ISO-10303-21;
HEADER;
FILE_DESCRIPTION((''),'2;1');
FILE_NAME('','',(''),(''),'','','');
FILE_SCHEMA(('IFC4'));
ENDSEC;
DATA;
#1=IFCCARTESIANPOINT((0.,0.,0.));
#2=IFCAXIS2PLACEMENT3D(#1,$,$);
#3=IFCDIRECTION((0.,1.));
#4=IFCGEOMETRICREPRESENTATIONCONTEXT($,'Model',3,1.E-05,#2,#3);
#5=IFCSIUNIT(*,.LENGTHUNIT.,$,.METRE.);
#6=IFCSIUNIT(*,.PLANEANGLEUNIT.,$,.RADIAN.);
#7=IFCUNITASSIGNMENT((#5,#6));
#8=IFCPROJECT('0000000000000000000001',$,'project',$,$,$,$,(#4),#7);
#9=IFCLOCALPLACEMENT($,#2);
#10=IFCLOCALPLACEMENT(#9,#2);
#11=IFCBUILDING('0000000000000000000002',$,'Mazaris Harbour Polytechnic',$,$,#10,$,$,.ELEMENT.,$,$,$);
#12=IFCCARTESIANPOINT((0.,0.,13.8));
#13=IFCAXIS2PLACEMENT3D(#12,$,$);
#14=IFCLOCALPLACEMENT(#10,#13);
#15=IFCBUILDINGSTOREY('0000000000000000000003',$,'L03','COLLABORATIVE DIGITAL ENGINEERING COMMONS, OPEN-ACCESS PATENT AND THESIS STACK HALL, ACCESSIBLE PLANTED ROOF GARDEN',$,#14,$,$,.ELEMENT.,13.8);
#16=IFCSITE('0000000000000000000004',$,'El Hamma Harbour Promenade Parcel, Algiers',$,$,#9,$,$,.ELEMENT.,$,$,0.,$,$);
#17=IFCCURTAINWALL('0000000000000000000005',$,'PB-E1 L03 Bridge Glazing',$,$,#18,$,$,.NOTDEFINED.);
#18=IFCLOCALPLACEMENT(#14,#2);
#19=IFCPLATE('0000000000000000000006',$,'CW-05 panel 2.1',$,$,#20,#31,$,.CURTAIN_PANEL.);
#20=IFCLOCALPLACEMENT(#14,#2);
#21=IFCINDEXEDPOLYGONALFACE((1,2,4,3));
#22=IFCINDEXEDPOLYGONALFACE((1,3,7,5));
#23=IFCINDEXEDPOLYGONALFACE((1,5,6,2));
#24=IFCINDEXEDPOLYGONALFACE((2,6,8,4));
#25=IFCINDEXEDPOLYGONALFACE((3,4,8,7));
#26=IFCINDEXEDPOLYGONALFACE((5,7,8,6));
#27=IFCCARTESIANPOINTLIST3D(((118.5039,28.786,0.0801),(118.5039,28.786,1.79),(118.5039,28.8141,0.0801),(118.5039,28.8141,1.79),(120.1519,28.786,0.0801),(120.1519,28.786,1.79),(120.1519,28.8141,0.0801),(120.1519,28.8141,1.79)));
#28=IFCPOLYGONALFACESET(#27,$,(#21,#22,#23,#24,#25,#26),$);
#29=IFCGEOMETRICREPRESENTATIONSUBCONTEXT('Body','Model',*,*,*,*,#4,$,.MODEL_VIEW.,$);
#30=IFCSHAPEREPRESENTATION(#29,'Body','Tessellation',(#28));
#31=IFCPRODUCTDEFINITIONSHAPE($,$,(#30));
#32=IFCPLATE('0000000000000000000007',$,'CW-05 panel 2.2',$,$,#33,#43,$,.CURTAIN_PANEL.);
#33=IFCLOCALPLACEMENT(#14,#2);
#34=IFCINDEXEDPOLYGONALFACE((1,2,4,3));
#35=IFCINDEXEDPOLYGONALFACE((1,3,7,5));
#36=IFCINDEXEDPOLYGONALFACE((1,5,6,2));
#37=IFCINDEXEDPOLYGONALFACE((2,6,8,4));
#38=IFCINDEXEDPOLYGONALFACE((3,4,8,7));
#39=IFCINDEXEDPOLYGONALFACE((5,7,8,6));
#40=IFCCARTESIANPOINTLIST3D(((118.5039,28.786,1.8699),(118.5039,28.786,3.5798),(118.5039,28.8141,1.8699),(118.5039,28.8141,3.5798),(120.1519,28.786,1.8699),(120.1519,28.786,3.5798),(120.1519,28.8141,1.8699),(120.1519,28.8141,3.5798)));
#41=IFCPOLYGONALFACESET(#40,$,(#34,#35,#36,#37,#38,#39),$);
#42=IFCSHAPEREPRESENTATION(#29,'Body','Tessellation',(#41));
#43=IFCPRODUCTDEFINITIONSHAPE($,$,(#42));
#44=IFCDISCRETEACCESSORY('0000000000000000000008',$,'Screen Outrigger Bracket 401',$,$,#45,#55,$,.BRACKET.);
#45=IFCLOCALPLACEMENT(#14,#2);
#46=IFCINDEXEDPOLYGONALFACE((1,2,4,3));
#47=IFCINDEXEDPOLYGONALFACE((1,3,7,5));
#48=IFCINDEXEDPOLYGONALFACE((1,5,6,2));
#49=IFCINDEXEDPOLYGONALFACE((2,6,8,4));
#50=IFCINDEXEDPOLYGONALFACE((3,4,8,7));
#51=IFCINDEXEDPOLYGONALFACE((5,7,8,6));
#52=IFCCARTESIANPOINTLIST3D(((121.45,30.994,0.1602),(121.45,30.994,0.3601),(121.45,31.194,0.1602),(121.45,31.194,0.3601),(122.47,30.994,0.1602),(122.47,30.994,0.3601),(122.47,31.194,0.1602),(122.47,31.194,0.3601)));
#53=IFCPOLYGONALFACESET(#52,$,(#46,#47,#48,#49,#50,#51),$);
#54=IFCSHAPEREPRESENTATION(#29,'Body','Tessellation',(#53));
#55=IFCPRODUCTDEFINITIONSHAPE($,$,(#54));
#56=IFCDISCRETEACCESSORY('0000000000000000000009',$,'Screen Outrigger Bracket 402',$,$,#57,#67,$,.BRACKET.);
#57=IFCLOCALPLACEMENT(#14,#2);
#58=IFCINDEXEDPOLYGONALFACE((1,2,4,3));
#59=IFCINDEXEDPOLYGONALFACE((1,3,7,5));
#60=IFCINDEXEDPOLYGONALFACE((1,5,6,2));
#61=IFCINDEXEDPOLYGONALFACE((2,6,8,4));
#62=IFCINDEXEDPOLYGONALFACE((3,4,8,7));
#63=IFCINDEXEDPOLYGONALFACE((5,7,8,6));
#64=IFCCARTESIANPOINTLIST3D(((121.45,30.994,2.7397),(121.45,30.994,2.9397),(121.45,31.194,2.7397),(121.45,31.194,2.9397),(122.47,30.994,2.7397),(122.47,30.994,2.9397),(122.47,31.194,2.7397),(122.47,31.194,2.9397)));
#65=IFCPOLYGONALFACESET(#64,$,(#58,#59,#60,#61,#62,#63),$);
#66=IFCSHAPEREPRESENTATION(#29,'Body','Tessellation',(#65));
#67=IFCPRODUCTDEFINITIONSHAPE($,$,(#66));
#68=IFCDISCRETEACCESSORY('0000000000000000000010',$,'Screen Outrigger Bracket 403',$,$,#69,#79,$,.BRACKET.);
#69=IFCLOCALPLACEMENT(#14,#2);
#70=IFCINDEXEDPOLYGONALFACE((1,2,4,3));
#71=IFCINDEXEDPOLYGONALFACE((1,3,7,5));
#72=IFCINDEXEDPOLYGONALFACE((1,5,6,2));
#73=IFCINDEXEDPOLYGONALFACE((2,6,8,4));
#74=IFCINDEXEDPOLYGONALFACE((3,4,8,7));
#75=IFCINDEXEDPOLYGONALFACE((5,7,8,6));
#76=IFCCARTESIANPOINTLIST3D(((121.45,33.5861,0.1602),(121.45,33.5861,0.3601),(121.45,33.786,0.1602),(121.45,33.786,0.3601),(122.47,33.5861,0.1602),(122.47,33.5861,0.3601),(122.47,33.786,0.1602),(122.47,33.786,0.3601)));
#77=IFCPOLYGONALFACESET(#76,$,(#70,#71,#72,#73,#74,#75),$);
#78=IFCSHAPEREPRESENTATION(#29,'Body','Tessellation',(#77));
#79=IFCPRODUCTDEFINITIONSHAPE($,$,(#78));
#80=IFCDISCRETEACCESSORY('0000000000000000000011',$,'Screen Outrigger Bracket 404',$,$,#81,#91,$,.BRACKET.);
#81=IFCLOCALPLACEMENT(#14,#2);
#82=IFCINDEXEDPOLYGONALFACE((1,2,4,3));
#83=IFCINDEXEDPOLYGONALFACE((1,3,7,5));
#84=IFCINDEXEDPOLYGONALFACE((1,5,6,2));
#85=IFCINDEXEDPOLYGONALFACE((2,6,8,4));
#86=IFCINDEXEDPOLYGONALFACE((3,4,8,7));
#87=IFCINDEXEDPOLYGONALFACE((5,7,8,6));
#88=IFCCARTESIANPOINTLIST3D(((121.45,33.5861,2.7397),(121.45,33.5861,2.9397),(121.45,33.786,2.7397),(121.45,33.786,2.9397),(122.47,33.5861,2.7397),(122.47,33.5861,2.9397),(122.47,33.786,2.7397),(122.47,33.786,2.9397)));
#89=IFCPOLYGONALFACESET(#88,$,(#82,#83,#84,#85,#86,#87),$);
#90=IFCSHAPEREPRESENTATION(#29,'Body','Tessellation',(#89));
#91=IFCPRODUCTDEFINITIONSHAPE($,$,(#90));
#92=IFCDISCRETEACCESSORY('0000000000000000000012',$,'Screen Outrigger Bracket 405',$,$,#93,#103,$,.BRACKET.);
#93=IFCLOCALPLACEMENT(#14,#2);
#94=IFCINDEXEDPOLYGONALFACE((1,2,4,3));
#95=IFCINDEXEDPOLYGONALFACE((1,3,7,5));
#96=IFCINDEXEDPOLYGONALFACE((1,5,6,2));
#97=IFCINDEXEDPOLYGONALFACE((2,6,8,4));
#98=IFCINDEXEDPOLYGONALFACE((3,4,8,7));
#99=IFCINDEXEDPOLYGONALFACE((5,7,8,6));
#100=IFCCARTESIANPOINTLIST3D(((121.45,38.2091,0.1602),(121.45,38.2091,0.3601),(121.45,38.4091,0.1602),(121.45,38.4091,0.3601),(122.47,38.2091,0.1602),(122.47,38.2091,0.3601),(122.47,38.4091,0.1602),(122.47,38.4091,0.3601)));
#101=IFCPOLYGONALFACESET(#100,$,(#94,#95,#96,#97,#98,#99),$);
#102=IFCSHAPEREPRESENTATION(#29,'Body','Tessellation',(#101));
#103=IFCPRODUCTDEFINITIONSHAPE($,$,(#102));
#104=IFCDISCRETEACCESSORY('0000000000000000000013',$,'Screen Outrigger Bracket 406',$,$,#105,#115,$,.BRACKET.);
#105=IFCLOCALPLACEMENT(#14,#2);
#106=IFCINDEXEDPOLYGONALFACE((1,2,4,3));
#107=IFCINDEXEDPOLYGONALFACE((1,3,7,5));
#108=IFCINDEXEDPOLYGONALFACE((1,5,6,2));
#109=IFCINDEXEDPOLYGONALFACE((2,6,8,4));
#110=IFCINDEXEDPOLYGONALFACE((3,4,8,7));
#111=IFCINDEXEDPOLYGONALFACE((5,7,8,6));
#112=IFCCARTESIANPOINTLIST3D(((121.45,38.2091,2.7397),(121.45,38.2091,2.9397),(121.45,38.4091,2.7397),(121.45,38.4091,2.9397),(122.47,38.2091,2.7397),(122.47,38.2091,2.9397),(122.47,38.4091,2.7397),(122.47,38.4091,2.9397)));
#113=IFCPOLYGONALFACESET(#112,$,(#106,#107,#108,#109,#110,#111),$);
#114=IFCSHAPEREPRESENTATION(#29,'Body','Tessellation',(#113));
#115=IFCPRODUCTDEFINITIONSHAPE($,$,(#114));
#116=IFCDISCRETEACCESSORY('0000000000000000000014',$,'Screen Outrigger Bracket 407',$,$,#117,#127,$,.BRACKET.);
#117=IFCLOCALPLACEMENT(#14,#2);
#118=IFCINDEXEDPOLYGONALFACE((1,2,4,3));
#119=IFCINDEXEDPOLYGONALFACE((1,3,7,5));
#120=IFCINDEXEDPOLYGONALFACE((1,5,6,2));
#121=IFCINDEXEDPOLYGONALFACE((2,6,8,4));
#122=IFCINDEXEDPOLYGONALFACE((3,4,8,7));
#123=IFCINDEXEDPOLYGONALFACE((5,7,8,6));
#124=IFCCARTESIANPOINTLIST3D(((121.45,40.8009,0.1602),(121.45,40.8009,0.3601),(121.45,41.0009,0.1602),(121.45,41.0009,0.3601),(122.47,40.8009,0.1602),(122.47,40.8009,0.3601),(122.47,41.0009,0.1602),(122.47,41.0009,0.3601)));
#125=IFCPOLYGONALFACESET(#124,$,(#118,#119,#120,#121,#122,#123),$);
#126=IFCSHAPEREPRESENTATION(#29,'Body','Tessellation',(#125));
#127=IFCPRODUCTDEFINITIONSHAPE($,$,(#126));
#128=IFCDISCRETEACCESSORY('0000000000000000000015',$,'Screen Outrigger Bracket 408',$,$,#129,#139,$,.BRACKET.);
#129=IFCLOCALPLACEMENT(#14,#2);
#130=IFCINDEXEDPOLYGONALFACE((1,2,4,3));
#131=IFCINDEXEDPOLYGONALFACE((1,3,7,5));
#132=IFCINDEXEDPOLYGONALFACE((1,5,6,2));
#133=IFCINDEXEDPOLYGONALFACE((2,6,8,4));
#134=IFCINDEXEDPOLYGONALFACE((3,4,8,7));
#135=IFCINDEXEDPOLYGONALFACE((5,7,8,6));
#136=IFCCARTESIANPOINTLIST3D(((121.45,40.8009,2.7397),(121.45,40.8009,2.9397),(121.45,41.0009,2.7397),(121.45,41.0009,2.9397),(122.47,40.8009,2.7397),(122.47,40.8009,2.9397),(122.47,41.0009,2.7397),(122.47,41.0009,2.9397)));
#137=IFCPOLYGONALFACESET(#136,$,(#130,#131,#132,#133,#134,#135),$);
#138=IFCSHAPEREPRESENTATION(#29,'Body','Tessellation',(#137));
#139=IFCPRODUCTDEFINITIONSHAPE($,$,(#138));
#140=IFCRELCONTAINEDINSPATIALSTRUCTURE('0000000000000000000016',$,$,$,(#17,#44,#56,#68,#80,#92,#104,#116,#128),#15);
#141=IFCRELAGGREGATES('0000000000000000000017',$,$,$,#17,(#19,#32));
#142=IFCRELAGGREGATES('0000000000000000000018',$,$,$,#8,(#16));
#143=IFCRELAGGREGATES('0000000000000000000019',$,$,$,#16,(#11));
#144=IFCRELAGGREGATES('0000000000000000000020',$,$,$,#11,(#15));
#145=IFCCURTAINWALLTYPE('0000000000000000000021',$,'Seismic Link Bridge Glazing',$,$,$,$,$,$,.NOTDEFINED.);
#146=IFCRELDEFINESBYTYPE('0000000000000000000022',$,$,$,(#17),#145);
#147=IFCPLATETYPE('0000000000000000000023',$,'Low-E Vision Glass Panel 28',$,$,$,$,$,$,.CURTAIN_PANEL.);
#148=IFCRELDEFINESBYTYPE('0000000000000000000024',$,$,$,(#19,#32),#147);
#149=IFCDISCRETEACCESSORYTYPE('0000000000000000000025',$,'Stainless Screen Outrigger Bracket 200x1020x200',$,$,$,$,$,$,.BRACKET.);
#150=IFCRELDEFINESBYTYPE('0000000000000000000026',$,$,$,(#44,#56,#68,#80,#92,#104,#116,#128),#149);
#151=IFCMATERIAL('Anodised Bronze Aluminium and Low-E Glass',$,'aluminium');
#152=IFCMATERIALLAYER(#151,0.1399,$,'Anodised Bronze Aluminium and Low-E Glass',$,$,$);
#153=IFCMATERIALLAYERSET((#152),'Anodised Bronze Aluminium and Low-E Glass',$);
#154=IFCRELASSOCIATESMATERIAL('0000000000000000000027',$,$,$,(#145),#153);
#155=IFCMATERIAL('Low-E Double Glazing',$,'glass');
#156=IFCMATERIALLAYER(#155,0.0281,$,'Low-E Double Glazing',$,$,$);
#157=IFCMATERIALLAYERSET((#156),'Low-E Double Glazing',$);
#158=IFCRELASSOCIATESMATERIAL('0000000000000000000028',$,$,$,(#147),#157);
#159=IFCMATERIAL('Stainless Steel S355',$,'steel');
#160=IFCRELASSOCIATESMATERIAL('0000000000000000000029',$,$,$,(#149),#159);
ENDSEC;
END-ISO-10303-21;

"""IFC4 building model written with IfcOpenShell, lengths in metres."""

from ifc_helpers import new_model, si_unit, direction, frame, origin, origin_2d, place, context, subcontext, project, spatial, rectangle, extrude, material, layer, layer_set, type_object, element, aggregate, save


model = new_model("IFC4")

# Units and contexts
model_context = context("Model", 3, precision=1e-05, world=origin(), true_north=direction((0.0, 1.0)))
body_context = subcontext(model_context, "Body", "Model", "MODEL_VIEW")
ifc_project = project(units=[si_unit("LENGTHUNIT", "METRE"), si_unit("PLANEANGLEUNIT", "RADIAN")], contexts=[model_context])

# Site, building, storey
site_placement = place(None, origin())
site = spatial("IfcSite", under=ifc_project, at=site_placement, Name="El Hamma Harbour Promenade Parcel, Algiers", CompositionType="ELEMENT", RefElevation=0.0)
building_placement = place(site_placement, origin())
building = spatial("IfcBuilding", under=site, at=building_placement, Name="Mazaris Harbour Polytechnic", CompositionType="ELEMENT")
storey_placement = place(building_placement, frame((0.0, 0.0, 13.8)))
storey = spatial("IfcBuildingStorey", under=building, at=storey_placement, Name="L03", Description="COLLABORATIVE DIGITAL ENGINEERING COMMONS, OPEN-ACCESS PATENT AND THESIS STACK HALL, ACCESSIBLE PLANTED ROOF GARDEN", CompositionType="ELEMENT", Elevation=13.8)

# Curtain wall, plates
ifc_material_1 = material(Name="Anodised Bronze Aluminium and Low-E Glass", Category="aluminium")
ifc_layer_1 = layer(ifc_material_1, 0.1399, Name="Anodised Bronze Aluminium and Low-E Glass")
ifc_layer_set_1 = layer_set([ifc_layer_1], Name="Anodised Bronze Aluminium and Low-E Glass")
curtain_wall_type = type_object("IfcCurtainWallType", Name="Seismic Link Bridge Glazing", PredefinedType="NOTDEFINED", material=ifc_layer_set_1)
curtain_wall_placement = place(storey_placement, origin())
curtain_wall = element("IfcCurtainWall", 1, at=curtain_wall_placement, inside=storey, type_object=curtain_wall_type, Name="PB-E1 L03 Bridge Glazing", PredefinedType="NOTDEFINED")
ifc_material_2 = material(Name="Low-E Double Glazing", Category="glass")
ifc_layer_2 = layer(ifc_material_2, 0.0281, Name="Low-E Double Glazing")
ifc_layer_set_2 = layer_set([ifc_layer_2], Name="Low-E Double Glazing")
plate_type = type_object("IfcPlateType", Name="Low-E Vision Glass Panel 28", PredefinedType="CURTAIN_PANEL", material=ifc_layer_set_2)
plate_1_placement = place(storey_placement, frame((119.3279, 28.8, 0.0801), z_axis=(0.0, 0.0, 1.0), x_axis=(-1.0, 0.0, 0.0)))
plate_1 = element("IfcPlate", 2, at=plate_1_placement, type_object=plate_type, Name="CW-05 panel 2.1", PredefinedType="CURTAIN_PANEL", context=body_context, shape_type="SweptSolid", body=[
    extrude(rectangle(XDim=1.6479, YDim=0.0281, at=origin_2d()), origin(), (0.0, 0.0, 1.0), 1.71),
])
plate_2_placement = place(storey_placement, frame((119.3279, 28.8, 1.8699), z_axis=(0.0, 0.0, 1.0), x_axis=(-1.0, 0.0, 0.0)))
plate_2 = element("IfcPlate", 3, at=plate_2_placement, type_object=plate_type, Name="CW-05 panel 2.2", PredefinedType="CURTAIN_PANEL", context=body_context, shape_type="SweptSolid", body=[
    extrude(rectangle(XDim=1.6479, YDim=0.0281, at=origin_2d()), origin(), (0.0, 0.0, 1.0), 1.71),
])
aggregate(curtain_wall, [plate_1, plate_2])

# Discrete accessories
ifc_material_3 = material(Name="Stainless Steel S355", Category="steel")
discrete_accessory_type = type_object("IfcDiscreteAccessoryType", Name="Stainless Screen Outrigger Bracket 200x1020x200", PredefinedType="BRACKET", material=ifc_material_3)
for number, where, z_axis, x_axis, name in (
    (4, (121.96, 31.094, 0.1602), (0.0, 0.0, 1.0), (0.0, 1.0, 0.0), "Screen Outrigger Bracket 401"),
    (5, (121.96, 31.094, 2.7397), (0.0, 0.0, 1.0), (0.0, 1.0, 0.0), "Screen Outrigger Bracket 402"),
    (6, (121.96, 33.686, 0.1602), (0.0, 0.0, 1.0), (0.0, 1.0, 0.0), "Screen Outrigger Bracket 403"),
    (7, (121.96, 33.686, 2.7397), (0.0, 0.0, 1.0), (0.0, 1.0, 0.0), "Screen Outrigger Bracket 404"),
    (8, (121.96, 38.3091, 0.1602), (0.0, 0.0, 1.0), (0.0, 1.0, 0.0), "Screen Outrigger Bracket 405"),
    (9, (121.96, 38.3091, 2.7397), (0.0, 0.0, 1.0), (0.0, 1.0, 0.0), "Screen Outrigger Bracket 406"),
    (10, (121.96, 40.9009, 0.1602), (0.0, 0.0, 1.0), (0.0, 1.0, 0.0), "Screen Outrigger Bracket 407"),
    (11, (121.96, 40.9009, 2.7397), (0.0, 0.0, 1.0), (0.0, 1.0, 0.0), "Screen Outrigger Bracket 408"),
):
    element("IfcDiscreteAccessory", number, at=place(storey_placement, frame(where, z_axis=z_axis, x_axis=x_axis)), inside=storey, type_object=discrete_accessory_type, Name=name, PredefinedType="BRACKET", context=body_context, shape_type="SweptSolid", body=[
        extrude(rectangle(XDim=0.2, YDim=1.02, at=origin_2d()), origin(), (0.0, 0.0, 1.0), 0.2),
    ])

save(model, "model.ifc")
